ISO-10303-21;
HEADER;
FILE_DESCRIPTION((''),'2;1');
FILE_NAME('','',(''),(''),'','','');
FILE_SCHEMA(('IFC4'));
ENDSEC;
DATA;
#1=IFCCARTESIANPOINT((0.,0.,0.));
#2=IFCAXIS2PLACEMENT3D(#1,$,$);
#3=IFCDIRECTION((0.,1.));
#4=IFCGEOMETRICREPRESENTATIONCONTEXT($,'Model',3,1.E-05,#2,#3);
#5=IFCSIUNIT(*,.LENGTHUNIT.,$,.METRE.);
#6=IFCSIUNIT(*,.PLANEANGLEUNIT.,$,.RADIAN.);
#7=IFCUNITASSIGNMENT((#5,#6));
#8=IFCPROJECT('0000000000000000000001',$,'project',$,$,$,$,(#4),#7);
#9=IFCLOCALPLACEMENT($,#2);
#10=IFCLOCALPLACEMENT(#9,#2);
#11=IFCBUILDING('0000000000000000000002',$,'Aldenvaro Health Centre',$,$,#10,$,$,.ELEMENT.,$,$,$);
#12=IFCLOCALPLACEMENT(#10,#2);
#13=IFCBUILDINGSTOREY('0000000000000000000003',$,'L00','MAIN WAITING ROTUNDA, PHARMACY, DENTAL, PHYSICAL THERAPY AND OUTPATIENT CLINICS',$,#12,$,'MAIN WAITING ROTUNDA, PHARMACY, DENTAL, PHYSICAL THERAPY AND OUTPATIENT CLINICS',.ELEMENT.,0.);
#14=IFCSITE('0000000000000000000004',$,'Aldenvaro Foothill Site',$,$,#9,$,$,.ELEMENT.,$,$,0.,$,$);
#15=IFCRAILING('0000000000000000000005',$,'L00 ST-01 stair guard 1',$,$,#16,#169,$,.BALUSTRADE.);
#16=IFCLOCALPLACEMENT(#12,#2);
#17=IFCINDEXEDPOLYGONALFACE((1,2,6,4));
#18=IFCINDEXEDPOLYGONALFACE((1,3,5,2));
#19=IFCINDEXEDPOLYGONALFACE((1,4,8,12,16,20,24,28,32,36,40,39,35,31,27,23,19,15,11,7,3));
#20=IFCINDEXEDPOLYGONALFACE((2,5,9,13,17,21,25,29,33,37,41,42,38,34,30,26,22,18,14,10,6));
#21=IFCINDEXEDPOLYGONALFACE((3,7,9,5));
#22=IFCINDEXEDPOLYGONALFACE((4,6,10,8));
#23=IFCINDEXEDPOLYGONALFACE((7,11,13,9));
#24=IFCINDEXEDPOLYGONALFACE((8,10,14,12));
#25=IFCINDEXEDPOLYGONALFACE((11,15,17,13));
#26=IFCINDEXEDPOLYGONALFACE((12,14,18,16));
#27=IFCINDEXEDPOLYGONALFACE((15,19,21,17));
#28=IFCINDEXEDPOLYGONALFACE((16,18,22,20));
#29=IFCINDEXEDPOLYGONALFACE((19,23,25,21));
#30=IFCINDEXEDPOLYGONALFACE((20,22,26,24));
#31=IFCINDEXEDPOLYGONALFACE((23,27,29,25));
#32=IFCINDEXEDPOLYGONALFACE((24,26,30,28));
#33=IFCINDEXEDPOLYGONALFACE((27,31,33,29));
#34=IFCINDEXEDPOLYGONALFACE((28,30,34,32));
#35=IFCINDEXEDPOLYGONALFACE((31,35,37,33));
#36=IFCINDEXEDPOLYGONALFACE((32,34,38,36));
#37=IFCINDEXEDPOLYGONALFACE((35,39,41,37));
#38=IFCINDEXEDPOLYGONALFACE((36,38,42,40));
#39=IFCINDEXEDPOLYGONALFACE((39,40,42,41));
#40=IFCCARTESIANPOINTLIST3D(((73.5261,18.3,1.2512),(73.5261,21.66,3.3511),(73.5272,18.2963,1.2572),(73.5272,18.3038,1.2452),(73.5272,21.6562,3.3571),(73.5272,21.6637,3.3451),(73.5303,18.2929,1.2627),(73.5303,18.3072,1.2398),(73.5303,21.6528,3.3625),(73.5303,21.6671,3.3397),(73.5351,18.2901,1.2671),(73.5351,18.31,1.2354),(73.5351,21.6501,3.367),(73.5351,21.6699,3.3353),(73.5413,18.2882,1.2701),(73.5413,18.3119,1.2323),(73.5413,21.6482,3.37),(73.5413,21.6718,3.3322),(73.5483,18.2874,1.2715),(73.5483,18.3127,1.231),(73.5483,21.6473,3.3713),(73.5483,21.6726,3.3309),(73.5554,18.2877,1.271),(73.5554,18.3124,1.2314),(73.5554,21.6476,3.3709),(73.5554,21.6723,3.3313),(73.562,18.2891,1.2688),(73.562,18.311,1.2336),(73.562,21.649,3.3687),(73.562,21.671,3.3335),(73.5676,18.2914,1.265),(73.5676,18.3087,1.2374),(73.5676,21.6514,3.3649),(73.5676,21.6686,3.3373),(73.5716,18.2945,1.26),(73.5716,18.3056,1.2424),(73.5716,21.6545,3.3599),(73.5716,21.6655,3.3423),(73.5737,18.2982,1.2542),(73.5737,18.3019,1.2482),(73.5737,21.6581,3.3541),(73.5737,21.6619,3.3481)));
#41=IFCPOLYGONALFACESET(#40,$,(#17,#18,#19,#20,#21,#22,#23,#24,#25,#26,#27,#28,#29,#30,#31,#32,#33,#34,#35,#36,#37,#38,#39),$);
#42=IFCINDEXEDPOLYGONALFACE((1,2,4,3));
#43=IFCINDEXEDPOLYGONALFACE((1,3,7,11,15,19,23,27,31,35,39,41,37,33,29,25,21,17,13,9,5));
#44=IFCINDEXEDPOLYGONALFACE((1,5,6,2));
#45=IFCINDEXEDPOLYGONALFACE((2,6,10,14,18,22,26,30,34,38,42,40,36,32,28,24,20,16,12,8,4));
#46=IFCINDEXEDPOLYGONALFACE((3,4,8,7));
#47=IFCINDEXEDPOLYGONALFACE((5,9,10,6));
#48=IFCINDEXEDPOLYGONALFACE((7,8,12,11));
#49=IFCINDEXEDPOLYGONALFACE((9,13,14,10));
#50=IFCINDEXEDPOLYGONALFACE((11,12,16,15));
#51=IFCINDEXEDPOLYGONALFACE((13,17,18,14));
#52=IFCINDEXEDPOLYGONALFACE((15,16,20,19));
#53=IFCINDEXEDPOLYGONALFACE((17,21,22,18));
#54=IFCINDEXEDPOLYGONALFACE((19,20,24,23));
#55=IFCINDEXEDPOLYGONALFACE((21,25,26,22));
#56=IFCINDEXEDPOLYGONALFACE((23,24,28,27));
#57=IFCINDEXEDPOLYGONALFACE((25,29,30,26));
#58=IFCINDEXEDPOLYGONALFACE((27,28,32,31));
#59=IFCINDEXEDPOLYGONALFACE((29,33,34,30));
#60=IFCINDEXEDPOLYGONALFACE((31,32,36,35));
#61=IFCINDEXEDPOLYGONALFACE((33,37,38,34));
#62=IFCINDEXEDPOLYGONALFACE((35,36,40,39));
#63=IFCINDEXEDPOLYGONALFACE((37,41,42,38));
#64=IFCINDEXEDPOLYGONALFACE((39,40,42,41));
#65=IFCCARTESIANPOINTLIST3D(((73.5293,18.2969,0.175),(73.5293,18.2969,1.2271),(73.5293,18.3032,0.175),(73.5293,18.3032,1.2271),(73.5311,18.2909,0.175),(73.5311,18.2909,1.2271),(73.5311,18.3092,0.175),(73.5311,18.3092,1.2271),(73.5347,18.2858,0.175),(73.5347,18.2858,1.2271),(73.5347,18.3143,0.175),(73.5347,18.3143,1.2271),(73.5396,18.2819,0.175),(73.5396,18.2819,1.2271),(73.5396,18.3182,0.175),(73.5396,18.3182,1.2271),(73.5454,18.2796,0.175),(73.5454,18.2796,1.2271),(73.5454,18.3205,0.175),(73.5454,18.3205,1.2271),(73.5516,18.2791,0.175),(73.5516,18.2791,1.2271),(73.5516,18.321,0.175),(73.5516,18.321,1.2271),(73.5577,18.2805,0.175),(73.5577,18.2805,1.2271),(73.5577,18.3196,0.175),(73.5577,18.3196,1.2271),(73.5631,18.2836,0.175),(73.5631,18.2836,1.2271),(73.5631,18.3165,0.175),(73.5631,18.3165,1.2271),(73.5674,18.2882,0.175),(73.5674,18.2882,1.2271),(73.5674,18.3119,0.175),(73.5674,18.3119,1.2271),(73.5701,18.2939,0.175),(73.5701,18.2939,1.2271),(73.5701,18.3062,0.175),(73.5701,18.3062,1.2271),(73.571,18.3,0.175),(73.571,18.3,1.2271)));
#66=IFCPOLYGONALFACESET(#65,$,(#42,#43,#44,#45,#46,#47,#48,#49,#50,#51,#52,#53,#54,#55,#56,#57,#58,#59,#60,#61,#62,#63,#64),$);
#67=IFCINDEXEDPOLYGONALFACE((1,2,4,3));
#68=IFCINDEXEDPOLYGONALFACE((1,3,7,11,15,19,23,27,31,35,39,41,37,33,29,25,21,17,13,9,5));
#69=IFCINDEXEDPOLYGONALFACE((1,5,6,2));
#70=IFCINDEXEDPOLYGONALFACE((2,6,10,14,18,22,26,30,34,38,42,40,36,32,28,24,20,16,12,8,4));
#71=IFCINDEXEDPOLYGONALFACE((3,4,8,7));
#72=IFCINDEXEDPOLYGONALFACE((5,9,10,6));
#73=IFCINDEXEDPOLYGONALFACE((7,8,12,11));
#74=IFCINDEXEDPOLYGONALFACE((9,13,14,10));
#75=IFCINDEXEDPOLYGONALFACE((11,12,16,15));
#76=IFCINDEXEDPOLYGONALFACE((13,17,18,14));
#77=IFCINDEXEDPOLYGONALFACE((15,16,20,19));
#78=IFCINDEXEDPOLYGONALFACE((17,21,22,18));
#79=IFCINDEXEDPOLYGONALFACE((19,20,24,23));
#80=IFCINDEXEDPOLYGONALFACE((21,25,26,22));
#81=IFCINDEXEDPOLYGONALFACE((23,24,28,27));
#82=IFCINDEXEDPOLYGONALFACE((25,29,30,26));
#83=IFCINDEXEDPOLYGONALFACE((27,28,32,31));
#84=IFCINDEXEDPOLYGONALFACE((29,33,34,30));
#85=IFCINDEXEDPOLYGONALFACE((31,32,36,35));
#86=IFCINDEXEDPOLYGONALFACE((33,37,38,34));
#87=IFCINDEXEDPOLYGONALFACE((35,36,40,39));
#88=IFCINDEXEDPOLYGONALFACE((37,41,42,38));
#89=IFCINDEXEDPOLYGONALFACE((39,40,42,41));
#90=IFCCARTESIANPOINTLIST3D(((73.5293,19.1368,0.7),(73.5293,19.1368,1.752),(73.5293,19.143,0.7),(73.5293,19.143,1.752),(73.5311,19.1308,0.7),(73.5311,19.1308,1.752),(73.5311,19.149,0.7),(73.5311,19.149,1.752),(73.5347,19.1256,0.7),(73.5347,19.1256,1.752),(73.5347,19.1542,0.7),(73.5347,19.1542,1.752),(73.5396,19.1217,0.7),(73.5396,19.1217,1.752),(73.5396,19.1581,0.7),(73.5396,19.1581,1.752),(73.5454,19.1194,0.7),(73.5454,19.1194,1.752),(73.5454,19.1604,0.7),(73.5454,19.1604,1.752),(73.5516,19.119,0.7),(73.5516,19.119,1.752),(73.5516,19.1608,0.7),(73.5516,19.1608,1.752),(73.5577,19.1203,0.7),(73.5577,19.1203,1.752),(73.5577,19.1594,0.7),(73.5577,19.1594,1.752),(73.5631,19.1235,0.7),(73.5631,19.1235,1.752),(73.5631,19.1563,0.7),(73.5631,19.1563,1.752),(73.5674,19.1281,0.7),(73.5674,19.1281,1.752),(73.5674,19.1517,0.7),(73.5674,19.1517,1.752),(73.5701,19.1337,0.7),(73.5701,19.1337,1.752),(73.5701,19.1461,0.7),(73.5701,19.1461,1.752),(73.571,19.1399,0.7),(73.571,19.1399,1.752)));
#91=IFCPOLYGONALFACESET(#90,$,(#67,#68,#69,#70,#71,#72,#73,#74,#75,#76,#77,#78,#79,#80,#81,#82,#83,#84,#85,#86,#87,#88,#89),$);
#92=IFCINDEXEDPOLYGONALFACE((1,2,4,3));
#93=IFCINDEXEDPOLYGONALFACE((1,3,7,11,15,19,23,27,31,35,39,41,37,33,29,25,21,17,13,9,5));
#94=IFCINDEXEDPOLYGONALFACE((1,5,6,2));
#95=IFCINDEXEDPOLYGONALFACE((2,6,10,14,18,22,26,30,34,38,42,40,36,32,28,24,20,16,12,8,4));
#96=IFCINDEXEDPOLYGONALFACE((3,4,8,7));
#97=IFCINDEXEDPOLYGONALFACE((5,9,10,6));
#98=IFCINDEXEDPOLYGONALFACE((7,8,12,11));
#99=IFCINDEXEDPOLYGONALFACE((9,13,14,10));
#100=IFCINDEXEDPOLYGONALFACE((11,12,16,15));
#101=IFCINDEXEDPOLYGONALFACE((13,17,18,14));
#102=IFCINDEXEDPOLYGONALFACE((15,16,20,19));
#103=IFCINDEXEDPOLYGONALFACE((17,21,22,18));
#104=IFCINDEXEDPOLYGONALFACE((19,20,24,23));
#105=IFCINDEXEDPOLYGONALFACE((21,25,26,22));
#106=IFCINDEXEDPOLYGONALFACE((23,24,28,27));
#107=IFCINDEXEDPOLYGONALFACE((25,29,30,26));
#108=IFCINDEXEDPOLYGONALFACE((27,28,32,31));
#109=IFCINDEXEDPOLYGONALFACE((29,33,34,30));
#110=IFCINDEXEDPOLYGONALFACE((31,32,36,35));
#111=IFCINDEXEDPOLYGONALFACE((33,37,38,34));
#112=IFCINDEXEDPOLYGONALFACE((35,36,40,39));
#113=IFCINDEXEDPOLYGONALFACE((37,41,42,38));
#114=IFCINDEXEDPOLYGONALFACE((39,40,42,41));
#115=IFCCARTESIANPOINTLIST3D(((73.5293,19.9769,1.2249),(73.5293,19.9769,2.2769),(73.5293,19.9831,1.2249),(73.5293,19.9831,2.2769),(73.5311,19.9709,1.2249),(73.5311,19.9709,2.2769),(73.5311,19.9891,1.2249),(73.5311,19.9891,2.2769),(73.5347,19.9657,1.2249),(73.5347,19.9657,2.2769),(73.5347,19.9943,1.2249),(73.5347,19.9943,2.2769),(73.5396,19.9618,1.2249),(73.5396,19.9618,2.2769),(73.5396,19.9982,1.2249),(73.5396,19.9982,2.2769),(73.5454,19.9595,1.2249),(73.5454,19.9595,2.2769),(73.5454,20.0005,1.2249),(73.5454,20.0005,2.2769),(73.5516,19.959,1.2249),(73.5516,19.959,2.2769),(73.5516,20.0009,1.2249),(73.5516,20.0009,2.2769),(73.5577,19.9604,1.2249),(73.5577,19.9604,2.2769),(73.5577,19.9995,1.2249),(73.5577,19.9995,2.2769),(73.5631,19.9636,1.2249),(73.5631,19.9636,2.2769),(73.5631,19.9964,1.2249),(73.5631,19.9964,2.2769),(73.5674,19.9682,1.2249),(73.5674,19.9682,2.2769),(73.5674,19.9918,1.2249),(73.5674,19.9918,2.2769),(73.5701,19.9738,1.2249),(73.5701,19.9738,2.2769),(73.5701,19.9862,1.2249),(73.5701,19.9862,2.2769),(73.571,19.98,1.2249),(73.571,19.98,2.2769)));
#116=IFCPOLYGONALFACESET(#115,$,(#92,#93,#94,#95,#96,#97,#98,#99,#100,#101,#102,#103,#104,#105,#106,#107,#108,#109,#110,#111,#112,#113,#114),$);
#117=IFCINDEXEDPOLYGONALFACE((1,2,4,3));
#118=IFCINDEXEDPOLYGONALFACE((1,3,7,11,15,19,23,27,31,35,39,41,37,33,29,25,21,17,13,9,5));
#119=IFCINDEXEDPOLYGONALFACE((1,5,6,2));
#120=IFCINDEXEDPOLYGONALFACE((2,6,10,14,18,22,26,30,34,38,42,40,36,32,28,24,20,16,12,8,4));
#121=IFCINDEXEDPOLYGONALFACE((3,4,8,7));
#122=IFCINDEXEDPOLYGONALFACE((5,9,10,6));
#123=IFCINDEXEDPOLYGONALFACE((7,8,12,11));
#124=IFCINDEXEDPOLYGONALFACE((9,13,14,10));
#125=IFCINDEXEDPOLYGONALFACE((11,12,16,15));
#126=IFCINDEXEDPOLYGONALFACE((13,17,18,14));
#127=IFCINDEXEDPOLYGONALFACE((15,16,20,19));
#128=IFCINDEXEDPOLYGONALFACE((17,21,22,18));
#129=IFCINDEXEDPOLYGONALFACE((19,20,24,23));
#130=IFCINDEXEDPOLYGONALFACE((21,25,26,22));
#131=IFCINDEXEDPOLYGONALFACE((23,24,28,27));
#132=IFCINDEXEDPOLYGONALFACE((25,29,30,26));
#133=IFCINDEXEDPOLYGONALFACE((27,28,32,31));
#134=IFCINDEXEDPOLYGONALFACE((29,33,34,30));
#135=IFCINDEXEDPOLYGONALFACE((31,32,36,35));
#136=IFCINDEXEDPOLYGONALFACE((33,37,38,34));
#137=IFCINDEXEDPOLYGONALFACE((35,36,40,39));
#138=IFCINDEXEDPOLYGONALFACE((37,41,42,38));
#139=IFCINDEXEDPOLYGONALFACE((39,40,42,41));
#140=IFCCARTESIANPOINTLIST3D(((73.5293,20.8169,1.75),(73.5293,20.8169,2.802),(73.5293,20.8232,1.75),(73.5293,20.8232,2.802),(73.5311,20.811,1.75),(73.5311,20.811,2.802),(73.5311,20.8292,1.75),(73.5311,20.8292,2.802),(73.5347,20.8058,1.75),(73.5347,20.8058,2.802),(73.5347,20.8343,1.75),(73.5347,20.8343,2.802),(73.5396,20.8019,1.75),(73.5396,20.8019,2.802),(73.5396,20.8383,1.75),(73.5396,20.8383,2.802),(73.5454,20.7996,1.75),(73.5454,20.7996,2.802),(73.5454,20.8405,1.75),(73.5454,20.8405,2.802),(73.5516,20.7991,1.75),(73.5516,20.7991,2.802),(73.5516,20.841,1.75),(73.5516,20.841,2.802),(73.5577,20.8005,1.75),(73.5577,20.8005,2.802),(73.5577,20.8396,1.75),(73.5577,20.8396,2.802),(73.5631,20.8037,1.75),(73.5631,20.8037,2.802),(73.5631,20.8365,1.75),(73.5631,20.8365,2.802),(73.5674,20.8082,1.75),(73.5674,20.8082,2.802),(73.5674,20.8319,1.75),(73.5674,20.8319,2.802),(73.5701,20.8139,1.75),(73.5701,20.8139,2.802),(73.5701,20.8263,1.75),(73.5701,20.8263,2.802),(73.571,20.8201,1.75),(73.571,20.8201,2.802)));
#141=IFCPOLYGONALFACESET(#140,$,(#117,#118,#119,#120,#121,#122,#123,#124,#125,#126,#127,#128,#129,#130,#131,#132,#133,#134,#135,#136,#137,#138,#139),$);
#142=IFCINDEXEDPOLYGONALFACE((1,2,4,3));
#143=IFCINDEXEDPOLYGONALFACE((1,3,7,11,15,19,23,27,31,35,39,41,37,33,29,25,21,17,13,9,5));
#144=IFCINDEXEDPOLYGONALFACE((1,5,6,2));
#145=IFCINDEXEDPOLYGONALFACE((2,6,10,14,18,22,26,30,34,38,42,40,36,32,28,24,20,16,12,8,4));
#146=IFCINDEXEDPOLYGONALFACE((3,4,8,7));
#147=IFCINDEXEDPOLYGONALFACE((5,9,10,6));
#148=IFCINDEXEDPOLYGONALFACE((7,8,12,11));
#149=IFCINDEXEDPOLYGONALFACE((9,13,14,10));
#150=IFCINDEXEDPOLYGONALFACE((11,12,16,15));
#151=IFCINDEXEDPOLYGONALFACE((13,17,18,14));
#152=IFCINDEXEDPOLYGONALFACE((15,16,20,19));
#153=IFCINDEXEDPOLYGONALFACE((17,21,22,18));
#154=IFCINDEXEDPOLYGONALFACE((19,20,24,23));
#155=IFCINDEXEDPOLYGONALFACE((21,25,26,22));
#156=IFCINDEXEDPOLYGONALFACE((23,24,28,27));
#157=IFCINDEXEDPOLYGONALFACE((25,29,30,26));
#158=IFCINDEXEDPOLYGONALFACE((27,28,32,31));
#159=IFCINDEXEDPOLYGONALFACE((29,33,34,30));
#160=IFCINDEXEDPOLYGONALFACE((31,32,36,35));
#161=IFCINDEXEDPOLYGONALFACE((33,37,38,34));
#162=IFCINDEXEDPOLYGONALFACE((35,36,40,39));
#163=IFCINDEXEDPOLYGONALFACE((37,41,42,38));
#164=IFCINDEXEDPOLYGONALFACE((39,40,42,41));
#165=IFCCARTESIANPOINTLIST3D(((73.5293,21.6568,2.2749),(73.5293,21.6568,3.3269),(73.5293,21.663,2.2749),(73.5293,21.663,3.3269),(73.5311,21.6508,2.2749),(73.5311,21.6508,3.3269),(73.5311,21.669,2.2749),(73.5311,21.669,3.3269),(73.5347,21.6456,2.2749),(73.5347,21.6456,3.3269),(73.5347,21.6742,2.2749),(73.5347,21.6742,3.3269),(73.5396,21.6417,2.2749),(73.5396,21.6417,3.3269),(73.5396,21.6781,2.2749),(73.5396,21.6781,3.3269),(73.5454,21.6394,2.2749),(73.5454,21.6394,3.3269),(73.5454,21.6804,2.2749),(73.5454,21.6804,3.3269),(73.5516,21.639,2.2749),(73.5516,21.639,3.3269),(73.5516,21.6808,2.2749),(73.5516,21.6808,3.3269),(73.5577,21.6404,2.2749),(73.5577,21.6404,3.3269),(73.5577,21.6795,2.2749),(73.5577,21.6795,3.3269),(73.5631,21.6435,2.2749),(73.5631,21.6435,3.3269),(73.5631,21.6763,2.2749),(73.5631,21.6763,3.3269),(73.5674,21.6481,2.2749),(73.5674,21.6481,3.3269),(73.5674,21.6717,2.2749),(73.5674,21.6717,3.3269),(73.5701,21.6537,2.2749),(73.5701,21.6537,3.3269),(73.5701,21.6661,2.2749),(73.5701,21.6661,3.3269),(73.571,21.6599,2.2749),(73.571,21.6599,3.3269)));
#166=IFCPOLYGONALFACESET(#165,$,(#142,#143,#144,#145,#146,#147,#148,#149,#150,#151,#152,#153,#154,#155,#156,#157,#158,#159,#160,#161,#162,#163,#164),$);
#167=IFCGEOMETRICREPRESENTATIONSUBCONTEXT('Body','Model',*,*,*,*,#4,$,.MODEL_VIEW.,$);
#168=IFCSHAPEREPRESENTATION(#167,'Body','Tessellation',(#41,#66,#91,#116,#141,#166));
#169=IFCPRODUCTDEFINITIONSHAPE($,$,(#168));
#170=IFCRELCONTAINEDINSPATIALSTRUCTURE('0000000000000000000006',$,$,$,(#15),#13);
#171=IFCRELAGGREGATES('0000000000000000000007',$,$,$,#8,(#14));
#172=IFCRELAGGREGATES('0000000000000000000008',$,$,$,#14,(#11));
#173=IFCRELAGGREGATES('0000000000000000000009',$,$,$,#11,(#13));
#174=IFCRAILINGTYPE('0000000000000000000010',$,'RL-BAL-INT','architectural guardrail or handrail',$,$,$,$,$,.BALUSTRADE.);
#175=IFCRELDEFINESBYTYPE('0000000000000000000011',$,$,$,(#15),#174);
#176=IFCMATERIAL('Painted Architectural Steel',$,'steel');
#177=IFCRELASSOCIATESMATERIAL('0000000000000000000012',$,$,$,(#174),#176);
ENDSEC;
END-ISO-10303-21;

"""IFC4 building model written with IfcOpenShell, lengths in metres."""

from ifc_helpers import new_model, si_unit, direction, frame, origin, origin_2d, place, context, subcontext, project, spatial, circle, extrude, material, type_object, element, save


model = new_model("IFC4")

# Units and contexts
model_context = context("Model", 3, precision=1e-05, world=origin(), true_north=direction((0.0, 1.0)))
body_context = subcontext(model_context, "Body", "Model", "MODEL_VIEW")
ifc_project = project(units=[si_unit("LENGTHUNIT", "METRE"), si_unit("PLANEANGLEUNIT", "RADIAN")], contexts=[model_context])

# Site, building, storey
site_placement = place(None, origin())
site = spatial("IfcSite", under=ifc_project, at=site_placement, Name="Aldenvaro Foothill Site", CompositionType="ELEMENT", RefElevation=0.0)
building_placement = place(site_placement, origin())
building = spatial("IfcBuilding", under=site, at=building_placement, Name="Aldenvaro Health Centre", CompositionType="ELEMENT")
storey_placement = place(building_placement, origin())
storey = spatial("IfcBuildingStorey", under=building, at=storey_placement, Name="L00", Description="MAIN WAITING ROTUNDA, PHARMACY, DENTAL, PHYSICAL THERAPY AND OUTPATIENT CLINICS", LongName="MAIN WAITING ROTUNDA, PHARMACY, DENTAL, PHYSICAL THERAPY AND OUTPATIENT CLINICS", CompositionType="ELEMENT", Elevation=0.0)

# Railing
ifc_material_1 = material(Name="Painted Architectural Steel", Category="steel")
railing_type_1 = type_object("IfcRailingType", Name="RL-BAL-INT", Description="architectural guardrail or handrail", PredefinedType="BALUSTRADE", material=ifc_material_1)
railing_1_placement = place(storey_placement, frame((73.55, 18.3, 0.175)))
element("IfcRailing", 1, at=railing_1_placement, inside=storey, type_object=railing_type_1, Name="L00 ST-01 stair guard 1", PredefinedType="BALUSTRADE", context=body_context, shape_type="SweptSolid", body=[
    extrude(circle(Radius=0.0239, at=origin_2d()), frame((0.0, 0.0, 1.0762), z_axis=(0.0, 0.848005, 0.529988), x_axis=(-1.0, 0.0, 0.0)), (0.0, 0.0, 1.0), 3.9622),
    extrude(circle(Radius=0.021, at=origin_2d()), origin(), (0.0, 0.0, 1.0), 1.052),
    extrude(circle(Radius=0.021, at=origin_2d()), frame((0.0, 0.8398, 0.5249)), (0.0, 0.0, 1.0), 1.052),
    extrude(circle(Radius=0.021, at=origin_2d()), frame((0.0, 1.6799, 1.0498)), (0.0, 0.0, 1.0), 1.052),
    extrude(circle(Radius=0.021, at=origin_2d()), frame((0.0, 2.52, 1.575)), (0.0, 0.0, 1.0), 1.052),
    extrude(circle(Radius=0.021, at=origin_2d()), frame((0.0, 3.3599, 2.0999)), (0.0, 0.0, 1.0), 1.052),
])

save(model, "model.ifc")
